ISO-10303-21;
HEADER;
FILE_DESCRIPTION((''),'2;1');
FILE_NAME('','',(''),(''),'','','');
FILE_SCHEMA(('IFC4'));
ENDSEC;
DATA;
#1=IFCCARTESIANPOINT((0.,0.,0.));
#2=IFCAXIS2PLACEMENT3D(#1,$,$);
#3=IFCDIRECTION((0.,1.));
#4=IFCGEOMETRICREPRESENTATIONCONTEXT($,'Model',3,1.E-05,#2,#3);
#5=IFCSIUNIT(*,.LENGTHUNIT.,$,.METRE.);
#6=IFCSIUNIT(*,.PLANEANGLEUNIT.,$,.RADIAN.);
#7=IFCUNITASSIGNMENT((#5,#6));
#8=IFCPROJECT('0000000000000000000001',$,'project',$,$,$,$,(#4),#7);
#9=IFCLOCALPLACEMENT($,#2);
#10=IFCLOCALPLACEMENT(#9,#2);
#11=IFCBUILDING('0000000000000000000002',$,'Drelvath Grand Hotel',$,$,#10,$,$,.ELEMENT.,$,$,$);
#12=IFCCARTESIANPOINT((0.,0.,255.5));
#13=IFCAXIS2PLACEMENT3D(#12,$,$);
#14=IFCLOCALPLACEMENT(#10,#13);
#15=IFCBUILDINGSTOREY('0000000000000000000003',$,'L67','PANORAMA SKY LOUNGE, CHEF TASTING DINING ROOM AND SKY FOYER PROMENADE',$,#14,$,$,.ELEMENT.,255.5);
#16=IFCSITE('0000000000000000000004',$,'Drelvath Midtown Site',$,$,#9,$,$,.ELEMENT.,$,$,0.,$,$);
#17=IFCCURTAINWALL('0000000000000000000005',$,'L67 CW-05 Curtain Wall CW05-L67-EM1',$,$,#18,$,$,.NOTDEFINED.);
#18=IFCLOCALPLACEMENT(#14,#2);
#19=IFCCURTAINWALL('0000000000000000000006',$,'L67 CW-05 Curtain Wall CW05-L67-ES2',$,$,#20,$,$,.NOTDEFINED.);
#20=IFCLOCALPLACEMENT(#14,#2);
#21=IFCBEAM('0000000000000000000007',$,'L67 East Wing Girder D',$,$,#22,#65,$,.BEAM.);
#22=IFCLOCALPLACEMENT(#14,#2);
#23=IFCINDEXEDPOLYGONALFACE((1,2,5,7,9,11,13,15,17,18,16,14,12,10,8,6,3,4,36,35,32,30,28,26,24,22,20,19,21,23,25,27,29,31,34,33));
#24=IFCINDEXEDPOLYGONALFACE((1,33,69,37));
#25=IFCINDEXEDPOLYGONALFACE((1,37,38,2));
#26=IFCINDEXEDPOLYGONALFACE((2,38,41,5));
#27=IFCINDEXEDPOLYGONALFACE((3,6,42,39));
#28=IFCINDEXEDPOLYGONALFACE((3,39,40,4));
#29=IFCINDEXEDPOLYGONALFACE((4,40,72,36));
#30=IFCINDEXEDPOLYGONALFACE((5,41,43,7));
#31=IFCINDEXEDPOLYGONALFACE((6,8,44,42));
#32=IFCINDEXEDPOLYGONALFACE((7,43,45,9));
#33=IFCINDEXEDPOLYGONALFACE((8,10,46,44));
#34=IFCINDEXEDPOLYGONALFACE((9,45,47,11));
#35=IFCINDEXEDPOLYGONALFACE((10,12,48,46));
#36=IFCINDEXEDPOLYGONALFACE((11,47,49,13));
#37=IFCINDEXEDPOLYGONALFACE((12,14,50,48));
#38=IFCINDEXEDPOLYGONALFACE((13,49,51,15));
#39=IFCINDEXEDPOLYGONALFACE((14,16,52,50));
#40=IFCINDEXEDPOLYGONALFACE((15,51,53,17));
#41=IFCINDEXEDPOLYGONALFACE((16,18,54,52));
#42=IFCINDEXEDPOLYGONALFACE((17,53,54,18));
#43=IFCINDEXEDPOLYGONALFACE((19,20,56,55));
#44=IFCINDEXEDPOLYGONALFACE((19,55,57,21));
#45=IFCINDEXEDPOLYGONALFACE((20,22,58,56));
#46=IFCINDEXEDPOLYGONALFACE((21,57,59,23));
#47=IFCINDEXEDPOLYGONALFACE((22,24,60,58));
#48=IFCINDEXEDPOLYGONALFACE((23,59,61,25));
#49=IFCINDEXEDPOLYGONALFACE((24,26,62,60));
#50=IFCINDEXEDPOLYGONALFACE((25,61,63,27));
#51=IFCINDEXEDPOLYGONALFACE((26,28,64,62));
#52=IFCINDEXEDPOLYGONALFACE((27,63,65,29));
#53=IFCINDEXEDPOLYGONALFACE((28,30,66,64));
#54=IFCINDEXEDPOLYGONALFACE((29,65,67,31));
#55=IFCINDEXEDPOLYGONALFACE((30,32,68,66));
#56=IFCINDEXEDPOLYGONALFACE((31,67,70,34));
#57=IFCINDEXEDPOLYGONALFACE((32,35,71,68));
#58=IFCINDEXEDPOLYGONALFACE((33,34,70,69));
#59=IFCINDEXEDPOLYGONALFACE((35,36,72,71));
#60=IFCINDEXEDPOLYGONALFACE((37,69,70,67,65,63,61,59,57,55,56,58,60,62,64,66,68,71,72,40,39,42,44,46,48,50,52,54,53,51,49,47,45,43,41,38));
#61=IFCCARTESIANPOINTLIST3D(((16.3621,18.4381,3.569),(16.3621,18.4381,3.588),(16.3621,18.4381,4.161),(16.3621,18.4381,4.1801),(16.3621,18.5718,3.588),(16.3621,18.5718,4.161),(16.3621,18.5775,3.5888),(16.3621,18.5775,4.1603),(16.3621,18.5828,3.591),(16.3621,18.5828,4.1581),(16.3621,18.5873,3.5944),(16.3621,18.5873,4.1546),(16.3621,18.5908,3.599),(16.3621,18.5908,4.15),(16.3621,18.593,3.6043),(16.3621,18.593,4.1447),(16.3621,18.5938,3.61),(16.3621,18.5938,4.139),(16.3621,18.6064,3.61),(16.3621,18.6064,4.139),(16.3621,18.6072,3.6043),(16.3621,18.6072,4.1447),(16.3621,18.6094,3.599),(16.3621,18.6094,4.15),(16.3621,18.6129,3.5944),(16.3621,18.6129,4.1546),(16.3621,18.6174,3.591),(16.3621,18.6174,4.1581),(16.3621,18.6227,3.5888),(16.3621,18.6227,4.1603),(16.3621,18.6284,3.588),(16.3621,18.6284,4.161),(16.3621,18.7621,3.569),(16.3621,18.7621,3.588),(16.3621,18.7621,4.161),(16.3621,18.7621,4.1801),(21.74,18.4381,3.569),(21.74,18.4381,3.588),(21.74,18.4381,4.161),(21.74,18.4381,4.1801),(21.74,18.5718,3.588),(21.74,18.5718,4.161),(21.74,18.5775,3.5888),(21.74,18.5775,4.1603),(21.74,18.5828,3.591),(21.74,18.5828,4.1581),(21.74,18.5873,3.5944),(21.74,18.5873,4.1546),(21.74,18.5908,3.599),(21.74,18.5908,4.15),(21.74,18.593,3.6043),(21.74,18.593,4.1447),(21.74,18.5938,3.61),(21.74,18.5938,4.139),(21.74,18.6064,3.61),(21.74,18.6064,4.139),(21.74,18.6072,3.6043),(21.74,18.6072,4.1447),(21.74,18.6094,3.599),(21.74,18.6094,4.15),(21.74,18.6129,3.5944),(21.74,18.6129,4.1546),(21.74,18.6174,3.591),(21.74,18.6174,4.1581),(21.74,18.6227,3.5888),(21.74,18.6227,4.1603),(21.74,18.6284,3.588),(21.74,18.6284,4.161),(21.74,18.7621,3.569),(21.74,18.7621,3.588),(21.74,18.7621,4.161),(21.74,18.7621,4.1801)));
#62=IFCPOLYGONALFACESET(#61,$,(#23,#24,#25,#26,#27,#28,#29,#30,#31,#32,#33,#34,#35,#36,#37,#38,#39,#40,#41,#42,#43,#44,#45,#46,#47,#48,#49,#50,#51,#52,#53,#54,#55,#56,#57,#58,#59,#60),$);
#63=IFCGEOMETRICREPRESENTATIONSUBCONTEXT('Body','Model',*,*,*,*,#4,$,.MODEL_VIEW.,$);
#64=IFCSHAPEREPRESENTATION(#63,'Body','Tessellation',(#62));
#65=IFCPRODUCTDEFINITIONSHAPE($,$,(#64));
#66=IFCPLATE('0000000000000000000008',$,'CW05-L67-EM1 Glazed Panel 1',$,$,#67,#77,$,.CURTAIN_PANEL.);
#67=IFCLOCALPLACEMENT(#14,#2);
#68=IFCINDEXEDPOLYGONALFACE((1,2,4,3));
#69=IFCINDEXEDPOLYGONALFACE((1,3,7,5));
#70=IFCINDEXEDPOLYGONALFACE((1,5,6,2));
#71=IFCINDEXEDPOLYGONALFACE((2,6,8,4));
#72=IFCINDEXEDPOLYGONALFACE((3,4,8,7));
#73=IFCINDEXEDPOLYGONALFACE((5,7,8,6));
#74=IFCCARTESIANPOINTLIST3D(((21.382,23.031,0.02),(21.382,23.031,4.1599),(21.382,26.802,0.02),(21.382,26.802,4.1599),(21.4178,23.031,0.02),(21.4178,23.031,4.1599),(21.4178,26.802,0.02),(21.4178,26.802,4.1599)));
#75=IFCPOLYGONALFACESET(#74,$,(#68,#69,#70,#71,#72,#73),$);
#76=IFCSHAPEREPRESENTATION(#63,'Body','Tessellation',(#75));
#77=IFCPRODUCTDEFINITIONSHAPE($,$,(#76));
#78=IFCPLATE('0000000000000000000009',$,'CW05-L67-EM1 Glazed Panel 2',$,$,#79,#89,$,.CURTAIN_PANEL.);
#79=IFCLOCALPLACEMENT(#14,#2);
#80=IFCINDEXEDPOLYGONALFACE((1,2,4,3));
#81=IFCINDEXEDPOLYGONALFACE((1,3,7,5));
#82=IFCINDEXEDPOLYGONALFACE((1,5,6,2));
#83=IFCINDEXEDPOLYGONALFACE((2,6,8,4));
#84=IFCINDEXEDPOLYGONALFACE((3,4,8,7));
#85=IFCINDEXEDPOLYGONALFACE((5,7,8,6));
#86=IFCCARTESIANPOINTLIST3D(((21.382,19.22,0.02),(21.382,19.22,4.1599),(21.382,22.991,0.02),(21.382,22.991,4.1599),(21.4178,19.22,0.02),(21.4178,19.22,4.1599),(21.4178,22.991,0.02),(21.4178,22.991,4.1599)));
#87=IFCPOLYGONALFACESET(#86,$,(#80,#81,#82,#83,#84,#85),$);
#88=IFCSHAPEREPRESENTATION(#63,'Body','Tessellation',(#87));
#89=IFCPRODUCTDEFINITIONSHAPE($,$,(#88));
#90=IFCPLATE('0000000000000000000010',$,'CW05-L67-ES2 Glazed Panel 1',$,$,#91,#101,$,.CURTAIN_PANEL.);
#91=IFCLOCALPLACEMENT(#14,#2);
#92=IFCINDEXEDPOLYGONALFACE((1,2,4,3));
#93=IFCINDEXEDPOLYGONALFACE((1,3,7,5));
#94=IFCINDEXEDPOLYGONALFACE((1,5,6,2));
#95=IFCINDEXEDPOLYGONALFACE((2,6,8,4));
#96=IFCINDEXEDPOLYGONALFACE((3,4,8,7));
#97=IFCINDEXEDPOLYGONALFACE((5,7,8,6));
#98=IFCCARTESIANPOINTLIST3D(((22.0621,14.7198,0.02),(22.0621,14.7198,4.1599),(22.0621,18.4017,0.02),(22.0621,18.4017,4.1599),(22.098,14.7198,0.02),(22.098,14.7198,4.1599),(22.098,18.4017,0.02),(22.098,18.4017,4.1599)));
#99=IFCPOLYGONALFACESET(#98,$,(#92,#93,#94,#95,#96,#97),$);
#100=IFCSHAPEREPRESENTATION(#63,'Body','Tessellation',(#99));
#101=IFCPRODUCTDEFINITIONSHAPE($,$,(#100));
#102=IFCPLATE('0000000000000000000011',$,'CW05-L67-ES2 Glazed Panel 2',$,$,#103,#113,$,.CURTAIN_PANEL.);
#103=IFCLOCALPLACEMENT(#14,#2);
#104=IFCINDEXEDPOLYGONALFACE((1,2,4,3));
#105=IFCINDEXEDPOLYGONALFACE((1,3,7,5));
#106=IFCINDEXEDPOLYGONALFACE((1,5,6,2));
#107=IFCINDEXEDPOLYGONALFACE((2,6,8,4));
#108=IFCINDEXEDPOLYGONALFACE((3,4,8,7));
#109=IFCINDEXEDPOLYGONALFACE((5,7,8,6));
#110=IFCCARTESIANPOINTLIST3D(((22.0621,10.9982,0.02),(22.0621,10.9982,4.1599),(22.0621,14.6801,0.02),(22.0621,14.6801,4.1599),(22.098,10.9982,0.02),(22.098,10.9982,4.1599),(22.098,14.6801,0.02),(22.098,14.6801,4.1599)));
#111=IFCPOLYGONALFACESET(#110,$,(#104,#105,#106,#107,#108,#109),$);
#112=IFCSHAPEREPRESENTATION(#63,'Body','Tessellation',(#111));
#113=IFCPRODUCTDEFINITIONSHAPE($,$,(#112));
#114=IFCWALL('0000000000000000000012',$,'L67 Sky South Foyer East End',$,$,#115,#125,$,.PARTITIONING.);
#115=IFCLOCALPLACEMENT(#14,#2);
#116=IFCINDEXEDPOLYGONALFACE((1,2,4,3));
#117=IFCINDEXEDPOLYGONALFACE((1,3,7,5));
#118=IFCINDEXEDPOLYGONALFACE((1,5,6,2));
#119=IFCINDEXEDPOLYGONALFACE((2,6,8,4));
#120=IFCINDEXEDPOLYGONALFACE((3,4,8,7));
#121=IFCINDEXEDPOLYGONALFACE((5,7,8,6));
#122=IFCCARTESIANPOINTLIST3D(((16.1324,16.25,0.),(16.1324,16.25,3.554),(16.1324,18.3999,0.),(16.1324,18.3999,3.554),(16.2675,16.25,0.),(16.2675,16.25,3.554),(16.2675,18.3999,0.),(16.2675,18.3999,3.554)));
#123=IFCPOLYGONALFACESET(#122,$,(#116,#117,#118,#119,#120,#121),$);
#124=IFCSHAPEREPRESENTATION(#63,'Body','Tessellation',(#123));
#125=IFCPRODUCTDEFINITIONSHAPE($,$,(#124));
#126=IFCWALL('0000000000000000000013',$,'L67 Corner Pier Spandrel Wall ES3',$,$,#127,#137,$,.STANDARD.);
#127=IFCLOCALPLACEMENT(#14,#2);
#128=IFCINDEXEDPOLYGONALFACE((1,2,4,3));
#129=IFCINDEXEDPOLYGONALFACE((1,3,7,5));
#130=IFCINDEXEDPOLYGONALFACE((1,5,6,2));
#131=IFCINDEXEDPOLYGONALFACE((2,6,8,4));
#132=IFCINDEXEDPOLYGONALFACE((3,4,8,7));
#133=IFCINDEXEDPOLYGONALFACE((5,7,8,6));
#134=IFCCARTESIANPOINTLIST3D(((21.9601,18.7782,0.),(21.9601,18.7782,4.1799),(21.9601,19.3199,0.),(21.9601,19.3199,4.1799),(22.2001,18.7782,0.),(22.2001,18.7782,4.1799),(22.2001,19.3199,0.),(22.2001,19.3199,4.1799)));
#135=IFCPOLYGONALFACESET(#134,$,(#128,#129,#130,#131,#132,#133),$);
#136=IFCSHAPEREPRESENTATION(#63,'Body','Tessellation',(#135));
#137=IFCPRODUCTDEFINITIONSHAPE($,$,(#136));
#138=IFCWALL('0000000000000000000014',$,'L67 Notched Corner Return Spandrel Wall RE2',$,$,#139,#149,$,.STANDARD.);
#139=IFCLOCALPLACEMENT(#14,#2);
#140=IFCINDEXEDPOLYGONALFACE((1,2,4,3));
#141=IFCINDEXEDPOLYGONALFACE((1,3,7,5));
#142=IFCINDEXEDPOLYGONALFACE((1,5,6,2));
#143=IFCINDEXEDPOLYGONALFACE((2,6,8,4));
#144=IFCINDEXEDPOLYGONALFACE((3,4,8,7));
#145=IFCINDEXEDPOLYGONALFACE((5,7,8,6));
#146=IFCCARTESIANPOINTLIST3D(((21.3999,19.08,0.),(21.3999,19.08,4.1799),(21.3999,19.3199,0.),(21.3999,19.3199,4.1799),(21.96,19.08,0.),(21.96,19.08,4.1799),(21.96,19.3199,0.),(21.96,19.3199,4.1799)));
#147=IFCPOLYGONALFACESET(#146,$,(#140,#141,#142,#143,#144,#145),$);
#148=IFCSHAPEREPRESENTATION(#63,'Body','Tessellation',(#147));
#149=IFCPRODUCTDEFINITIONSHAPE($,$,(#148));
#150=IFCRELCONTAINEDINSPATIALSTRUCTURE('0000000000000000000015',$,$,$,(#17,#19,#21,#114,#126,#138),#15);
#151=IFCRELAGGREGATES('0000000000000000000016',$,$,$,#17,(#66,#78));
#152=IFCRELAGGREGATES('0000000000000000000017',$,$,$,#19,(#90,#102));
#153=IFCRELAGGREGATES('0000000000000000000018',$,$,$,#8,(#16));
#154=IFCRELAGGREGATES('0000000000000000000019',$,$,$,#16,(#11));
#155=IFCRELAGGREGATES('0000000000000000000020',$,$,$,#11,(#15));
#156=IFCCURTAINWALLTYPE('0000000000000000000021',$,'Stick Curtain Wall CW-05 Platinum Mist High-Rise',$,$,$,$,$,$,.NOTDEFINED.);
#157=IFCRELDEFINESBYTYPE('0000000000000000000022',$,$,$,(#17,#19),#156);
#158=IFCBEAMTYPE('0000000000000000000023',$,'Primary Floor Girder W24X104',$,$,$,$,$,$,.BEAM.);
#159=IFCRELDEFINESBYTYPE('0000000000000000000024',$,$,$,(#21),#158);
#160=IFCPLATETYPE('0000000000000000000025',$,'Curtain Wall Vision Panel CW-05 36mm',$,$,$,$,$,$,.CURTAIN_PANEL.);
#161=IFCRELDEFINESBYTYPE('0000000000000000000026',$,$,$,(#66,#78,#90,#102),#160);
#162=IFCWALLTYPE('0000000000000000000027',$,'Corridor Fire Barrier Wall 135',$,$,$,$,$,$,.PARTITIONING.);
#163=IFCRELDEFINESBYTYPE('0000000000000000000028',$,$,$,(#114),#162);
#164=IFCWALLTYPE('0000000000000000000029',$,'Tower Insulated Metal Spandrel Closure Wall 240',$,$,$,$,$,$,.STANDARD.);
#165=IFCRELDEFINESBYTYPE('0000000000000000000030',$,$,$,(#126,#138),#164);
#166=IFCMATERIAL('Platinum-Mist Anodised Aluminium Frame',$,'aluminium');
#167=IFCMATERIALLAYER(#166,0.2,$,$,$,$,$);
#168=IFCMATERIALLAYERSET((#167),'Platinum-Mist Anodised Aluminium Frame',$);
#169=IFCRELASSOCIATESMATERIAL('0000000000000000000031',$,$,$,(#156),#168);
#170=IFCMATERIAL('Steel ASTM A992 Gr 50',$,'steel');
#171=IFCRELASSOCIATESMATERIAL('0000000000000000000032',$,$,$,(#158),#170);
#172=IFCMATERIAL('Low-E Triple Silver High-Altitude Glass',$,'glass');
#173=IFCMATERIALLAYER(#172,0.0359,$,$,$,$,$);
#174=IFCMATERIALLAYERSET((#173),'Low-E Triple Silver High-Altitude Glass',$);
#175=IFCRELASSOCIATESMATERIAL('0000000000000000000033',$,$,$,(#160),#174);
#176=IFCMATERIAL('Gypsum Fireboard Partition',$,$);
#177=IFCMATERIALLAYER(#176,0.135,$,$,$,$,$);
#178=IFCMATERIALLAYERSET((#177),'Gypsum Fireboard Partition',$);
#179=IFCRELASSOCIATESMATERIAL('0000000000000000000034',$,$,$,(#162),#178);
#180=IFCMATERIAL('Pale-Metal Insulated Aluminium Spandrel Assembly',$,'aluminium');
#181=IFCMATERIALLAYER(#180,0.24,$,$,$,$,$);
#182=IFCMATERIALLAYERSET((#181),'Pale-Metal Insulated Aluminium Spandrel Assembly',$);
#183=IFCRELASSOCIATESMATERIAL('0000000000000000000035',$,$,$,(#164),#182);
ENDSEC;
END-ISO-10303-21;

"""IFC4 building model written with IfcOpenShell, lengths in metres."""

from ifc_helpers import new_model, si_unit, direction, frame, frame_2d, origin, origin_2d, place, context, subcontext, project, spatial, rectangle, i_section, extrude, material, layer, layer_set, material_profile, profile_set, type_object, element, aggregate, save


model = new_model("IFC4")

# Units and contexts
model_context = context("Model", 3, precision=1e-05, world=origin(), true_north=direction((0.0, 1.0)))
body_context = subcontext(model_context, "Body", "Model", "MODEL_VIEW")
ifc_project = project(units=[si_unit("LENGTHUNIT", "METRE"), si_unit("PLANEANGLEUNIT", "RADIAN")], contexts=[model_context])

# Site, building, storey
site_placement = place(None, origin())
site = spatial("IfcSite", under=ifc_project, at=site_placement, Name="Drelvath Midtown Site", CompositionType="ELEMENT", RefElevation=0.0)
building_placement = place(site_placement, origin())
building = spatial("IfcBuilding", under=site, at=building_placement, Name="Drelvath Grand Hotel", CompositionType="ELEMENT")
storey_placement = place(building_placement, frame((0.0, 0.0, 255.5)))
storey = spatial("IfcBuildingStorey", under=building, at=storey_placement, Name="L67", Description="PANORAMA SKY LOUNGE, CHEF TASTING DINING ROOM AND SKY FOYER PROMENADE", CompositionType="ELEMENT", Elevation=255.5)

# Curtain walls
ifc_material_1 = material(Name="Platinum-Mist Anodised Aluminium Frame", Category="aluminium")
ifc_layer_1 = layer(ifc_material_1, 0.2)
ifc_layer_set_1 = layer_set([ifc_layer_1], Name="Platinum-Mist Anodised Aluminium Frame")
curtain_wall_type = type_object("IfcCurtainWallType", Name="Stick Curtain Wall CW-05 Platinum Mist High-Rise", PredefinedType="NOTDEFINED", material=ifc_layer_set_1)
curtain_wall_1_placement = place(storey_placement, origin())
curtain_wall_1 = element("IfcCurtainWall", 1, at=curtain_wall_1_placement, inside=storey, type_object=curtain_wall_type, Name="L67 CW-05 Curtain Wall CW05-L67-EM1", PredefinedType="NOTDEFINED")
curtain_wall_2_placement = place(storey_placement, origin())
curtain_wall_2 = element("IfcCurtainWall", 2, at=curtain_wall_2_placement, inside=storey, type_object=curtain_wall_type, Name="L67 CW-05 Curtain Wall CW05-L67-ES2", PredefinedType="NOTDEFINED")

# Beam
ifc_material_2 = material(Name="Steel ASTM A992 Gr 50", Category="steel")
ifc_material_profile_1 = material_profile(ifc_material_2, i_section(OverallWidth=0.324, OverallDepth=0.6111, WebThickness=0.0127, FlangeThickness=0.019, FilletRadius=0.022, at=origin_2d()), Name="W24X104")
ifc_profile_set_1 = profile_set([ifc_material_profile_1], Name="Steel ASTM A992 Gr 50")
beam_type_1 = type_object("IfcBeamType", Name="Primary Floor Girder W24X104", PredefinedType="BEAM", material=ifc_profile_set_1)
beam_1_placement = place(storey_placement, frame((16.3621, 18.6001, 3.8745), z_axis=(1.0, 0.0, 0.0), x_axis=(0.0, 1.0, 0.0)))
element("IfcBeam", 3, at=beam_1_placement, inside=storey, type_object=beam_type_1, Name="L67 East Wing Girder D", PredefinedType="BEAM", context=body_context, shape_type="SweptSolid", body=[
    extrude(i_section(OverallWidth=0.324, OverallDepth=0.6111, WebThickness=0.0127, FlangeThickness=0.019, FilletRadius=0.022, at=origin_2d()), origin(), (0.0, 0.0, 1.0), 5.3779),
])

# Plates
ifc_material_3 = material(Name="Low-E Triple Silver High-Altitude Glass", Category="glass")
ifc_layer_2 = layer(ifc_material_3, 0.0359)
ifc_layer_set_2 = layer_set([ifc_layer_2], Name="Low-E Triple Silver High-Altitude Glass")
plate_type = type_object("IfcPlateType", Name="Curtain Wall Vision Panel CW-05 36mm", PredefinedType="CURTAIN_PANEL", material=ifc_layer_set_2)
plate_1_placement = place(storey_placement, frame((21.3999, 24.9165, 0.02), z_axis=(0.0, 0.0, 1.0), x_axis=(0.0, -1.0, 0.0)))
plate_1 = element("IfcPlate", 4, at=plate_1_placement, type_object=plate_type, Name="CW05-L67-EM1 Glazed Panel 1", PredefinedType="CURTAIN_PANEL", context=body_context, shape_type="SweptSolid", body=[
    extrude(rectangle(XDim=3.771, YDim=0.0359, at=origin_2d()), origin(), (0.0, 0.0, 1.0), 4.1399),
])
plate_2_placement = place(storey_placement, frame((21.3999, 21.1055, 0.02), z_axis=(0.0, 0.0, 1.0), x_axis=(0.0, -1.0, 0.0)))
plate_2 = element("IfcPlate", 5, at=plate_2_placement, type_object=plate_type, Name="CW05-L67-EM1 Glazed Panel 2", PredefinedType="CURTAIN_PANEL", context=body_context, shape_type="SweptSolid", body=[
    extrude(rectangle(XDim=3.771, YDim=0.0359, at=origin_2d()), origin(), (0.0, 0.0, 1.0), 4.1399),
])
aggregate(curtain_wall_1, [plate_1, plate_2])
plate_3_placement = place(storey_placement, frame((22.0801, 16.5608, 0.02), z_axis=(0.0, 0.0, 1.0), x_axis=(0.0, -1.0, 0.0)))
plate_3 = element("IfcPlate", 6, at=plate_3_placement, type_object=plate_type, Name="CW05-L67-ES2 Glazed Panel 1", PredefinedType="CURTAIN_PANEL", context=body_context, shape_type="SweptSolid", body=[
    extrude(rectangle(XDim=3.6819, YDim=0.0359, at=origin_2d()), origin(), (0.0, 0.0, 1.0), 4.1399),
])
plate_4_placement = place(storey_placement, frame((22.0801, 12.8391, 0.02), z_axis=(0.0, 0.0, 1.0), x_axis=(0.0, -1.0, 0.0)))
plate_4 = element("IfcPlate", 7, at=plate_4_placement, type_object=plate_type, Name="CW05-L67-ES2 Glazed Panel 2", PredefinedType="CURTAIN_PANEL", context=body_context, shape_type="SweptSolid", body=[
    extrude(rectangle(XDim=3.6819, YDim=0.0359, at=origin_2d()), origin(), (0.0, 0.0, 1.0), 4.1399),
])
aggregate(curtain_wall_2, [plate_3, plate_4])

# Walls
ifc_material_4 = material(Name="Gypsum Fireboard Partition")
ifc_layer_3 = layer(ifc_material_4, 0.135)
ifc_layer_set_3 = layer_set([ifc_layer_3], Name="Gypsum Fireboard Partition")
wall_type_1 = type_object("IfcWallType", Name="Corridor Fire Barrier Wall 135", PredefinedType="PARTITIONING", material=ifc_layer_set_3)
wall_1_placement = place(storey_placement, frame((16.2, 16.25, 0.0), z_axis=(0.0, 0.0, 1.0), x_axis=(0.0, 1.0, 0.0)))
element("IfcWall", 8, at=wall_1_placement, inside=storey, type_object=wall_type_1, Name="L67 Sky South Foyer East End", PredefinedType="PARTITIONING", context=body_context, shape_type="SweptSolid", body=[
    extrude(rectangle(XDim=2.1499, YDim=0.135, at=frame_2d((1.075, 0.0))), origin(), (0.0, 0.0, 1.0), 3.554),
])
ifc_material_5 = material(Name="Pale-Metal Insulated Aluminium Spandrel Assembly", Category="aluminium")
ifc_layer_4 = layer(ifc_material_5, 0.24)
ifc_layer_set_4 = layer_set([ifc_layer_4], Name="Pale-Metal Insulated Aluminium Spandrel Assembly")
wall_type_2 = type_object("IfcWallType", Name="Tower Insulated Metal Spandrel Closure Wall 240", PredefinedType="STANDARD", material=ifc_layer_set_4)
wall_2_placement = place(storey_placement, frame((22.0801, 19.3201, 0.0), z_axis=(0.0, 0.0, 1.0), x_axis=(0.0, -1.0, 0.0)))
element("IfcWall", 9, at=wall_2_placement, inside=storey, type_object=wall_type_2, Name="L67 Corner Pier Spandrel Wall ES3", PredefinedType="STANDARD", context=body_context, shape_type="SweptSolid", body=[
    extrude(rectangle(XDim=0.5417, YDim=0.24, at=frame_2d((0.271, 0.0))), origin(), (0.0, 0.0, 1.0), 4.1799),
])
wall_3_placement = place(storey_placement, frame((21.3999, 19.2, 0.0), z_axis=(0.0, 0.0, 1.0), x_axis=(1.0, 0.0, 0.0)))
element("IfcWall", 10, at=wall_3_placement, inside=storey, type_object=wall_type_2, Name="L67 Notched Corner Return Spandrel Wall RE2", PredefinedType="STANDARD", context=body_context, shape_type="SweptSolid", body=[
    extrude(rectangle(XDim=0.5601, YDim=0.24, at=frame_2d((0.28, 0.0))), origin(), (0.0, 0.0, 1.0), 4.1799),
])

save(model, "model.ifc")
